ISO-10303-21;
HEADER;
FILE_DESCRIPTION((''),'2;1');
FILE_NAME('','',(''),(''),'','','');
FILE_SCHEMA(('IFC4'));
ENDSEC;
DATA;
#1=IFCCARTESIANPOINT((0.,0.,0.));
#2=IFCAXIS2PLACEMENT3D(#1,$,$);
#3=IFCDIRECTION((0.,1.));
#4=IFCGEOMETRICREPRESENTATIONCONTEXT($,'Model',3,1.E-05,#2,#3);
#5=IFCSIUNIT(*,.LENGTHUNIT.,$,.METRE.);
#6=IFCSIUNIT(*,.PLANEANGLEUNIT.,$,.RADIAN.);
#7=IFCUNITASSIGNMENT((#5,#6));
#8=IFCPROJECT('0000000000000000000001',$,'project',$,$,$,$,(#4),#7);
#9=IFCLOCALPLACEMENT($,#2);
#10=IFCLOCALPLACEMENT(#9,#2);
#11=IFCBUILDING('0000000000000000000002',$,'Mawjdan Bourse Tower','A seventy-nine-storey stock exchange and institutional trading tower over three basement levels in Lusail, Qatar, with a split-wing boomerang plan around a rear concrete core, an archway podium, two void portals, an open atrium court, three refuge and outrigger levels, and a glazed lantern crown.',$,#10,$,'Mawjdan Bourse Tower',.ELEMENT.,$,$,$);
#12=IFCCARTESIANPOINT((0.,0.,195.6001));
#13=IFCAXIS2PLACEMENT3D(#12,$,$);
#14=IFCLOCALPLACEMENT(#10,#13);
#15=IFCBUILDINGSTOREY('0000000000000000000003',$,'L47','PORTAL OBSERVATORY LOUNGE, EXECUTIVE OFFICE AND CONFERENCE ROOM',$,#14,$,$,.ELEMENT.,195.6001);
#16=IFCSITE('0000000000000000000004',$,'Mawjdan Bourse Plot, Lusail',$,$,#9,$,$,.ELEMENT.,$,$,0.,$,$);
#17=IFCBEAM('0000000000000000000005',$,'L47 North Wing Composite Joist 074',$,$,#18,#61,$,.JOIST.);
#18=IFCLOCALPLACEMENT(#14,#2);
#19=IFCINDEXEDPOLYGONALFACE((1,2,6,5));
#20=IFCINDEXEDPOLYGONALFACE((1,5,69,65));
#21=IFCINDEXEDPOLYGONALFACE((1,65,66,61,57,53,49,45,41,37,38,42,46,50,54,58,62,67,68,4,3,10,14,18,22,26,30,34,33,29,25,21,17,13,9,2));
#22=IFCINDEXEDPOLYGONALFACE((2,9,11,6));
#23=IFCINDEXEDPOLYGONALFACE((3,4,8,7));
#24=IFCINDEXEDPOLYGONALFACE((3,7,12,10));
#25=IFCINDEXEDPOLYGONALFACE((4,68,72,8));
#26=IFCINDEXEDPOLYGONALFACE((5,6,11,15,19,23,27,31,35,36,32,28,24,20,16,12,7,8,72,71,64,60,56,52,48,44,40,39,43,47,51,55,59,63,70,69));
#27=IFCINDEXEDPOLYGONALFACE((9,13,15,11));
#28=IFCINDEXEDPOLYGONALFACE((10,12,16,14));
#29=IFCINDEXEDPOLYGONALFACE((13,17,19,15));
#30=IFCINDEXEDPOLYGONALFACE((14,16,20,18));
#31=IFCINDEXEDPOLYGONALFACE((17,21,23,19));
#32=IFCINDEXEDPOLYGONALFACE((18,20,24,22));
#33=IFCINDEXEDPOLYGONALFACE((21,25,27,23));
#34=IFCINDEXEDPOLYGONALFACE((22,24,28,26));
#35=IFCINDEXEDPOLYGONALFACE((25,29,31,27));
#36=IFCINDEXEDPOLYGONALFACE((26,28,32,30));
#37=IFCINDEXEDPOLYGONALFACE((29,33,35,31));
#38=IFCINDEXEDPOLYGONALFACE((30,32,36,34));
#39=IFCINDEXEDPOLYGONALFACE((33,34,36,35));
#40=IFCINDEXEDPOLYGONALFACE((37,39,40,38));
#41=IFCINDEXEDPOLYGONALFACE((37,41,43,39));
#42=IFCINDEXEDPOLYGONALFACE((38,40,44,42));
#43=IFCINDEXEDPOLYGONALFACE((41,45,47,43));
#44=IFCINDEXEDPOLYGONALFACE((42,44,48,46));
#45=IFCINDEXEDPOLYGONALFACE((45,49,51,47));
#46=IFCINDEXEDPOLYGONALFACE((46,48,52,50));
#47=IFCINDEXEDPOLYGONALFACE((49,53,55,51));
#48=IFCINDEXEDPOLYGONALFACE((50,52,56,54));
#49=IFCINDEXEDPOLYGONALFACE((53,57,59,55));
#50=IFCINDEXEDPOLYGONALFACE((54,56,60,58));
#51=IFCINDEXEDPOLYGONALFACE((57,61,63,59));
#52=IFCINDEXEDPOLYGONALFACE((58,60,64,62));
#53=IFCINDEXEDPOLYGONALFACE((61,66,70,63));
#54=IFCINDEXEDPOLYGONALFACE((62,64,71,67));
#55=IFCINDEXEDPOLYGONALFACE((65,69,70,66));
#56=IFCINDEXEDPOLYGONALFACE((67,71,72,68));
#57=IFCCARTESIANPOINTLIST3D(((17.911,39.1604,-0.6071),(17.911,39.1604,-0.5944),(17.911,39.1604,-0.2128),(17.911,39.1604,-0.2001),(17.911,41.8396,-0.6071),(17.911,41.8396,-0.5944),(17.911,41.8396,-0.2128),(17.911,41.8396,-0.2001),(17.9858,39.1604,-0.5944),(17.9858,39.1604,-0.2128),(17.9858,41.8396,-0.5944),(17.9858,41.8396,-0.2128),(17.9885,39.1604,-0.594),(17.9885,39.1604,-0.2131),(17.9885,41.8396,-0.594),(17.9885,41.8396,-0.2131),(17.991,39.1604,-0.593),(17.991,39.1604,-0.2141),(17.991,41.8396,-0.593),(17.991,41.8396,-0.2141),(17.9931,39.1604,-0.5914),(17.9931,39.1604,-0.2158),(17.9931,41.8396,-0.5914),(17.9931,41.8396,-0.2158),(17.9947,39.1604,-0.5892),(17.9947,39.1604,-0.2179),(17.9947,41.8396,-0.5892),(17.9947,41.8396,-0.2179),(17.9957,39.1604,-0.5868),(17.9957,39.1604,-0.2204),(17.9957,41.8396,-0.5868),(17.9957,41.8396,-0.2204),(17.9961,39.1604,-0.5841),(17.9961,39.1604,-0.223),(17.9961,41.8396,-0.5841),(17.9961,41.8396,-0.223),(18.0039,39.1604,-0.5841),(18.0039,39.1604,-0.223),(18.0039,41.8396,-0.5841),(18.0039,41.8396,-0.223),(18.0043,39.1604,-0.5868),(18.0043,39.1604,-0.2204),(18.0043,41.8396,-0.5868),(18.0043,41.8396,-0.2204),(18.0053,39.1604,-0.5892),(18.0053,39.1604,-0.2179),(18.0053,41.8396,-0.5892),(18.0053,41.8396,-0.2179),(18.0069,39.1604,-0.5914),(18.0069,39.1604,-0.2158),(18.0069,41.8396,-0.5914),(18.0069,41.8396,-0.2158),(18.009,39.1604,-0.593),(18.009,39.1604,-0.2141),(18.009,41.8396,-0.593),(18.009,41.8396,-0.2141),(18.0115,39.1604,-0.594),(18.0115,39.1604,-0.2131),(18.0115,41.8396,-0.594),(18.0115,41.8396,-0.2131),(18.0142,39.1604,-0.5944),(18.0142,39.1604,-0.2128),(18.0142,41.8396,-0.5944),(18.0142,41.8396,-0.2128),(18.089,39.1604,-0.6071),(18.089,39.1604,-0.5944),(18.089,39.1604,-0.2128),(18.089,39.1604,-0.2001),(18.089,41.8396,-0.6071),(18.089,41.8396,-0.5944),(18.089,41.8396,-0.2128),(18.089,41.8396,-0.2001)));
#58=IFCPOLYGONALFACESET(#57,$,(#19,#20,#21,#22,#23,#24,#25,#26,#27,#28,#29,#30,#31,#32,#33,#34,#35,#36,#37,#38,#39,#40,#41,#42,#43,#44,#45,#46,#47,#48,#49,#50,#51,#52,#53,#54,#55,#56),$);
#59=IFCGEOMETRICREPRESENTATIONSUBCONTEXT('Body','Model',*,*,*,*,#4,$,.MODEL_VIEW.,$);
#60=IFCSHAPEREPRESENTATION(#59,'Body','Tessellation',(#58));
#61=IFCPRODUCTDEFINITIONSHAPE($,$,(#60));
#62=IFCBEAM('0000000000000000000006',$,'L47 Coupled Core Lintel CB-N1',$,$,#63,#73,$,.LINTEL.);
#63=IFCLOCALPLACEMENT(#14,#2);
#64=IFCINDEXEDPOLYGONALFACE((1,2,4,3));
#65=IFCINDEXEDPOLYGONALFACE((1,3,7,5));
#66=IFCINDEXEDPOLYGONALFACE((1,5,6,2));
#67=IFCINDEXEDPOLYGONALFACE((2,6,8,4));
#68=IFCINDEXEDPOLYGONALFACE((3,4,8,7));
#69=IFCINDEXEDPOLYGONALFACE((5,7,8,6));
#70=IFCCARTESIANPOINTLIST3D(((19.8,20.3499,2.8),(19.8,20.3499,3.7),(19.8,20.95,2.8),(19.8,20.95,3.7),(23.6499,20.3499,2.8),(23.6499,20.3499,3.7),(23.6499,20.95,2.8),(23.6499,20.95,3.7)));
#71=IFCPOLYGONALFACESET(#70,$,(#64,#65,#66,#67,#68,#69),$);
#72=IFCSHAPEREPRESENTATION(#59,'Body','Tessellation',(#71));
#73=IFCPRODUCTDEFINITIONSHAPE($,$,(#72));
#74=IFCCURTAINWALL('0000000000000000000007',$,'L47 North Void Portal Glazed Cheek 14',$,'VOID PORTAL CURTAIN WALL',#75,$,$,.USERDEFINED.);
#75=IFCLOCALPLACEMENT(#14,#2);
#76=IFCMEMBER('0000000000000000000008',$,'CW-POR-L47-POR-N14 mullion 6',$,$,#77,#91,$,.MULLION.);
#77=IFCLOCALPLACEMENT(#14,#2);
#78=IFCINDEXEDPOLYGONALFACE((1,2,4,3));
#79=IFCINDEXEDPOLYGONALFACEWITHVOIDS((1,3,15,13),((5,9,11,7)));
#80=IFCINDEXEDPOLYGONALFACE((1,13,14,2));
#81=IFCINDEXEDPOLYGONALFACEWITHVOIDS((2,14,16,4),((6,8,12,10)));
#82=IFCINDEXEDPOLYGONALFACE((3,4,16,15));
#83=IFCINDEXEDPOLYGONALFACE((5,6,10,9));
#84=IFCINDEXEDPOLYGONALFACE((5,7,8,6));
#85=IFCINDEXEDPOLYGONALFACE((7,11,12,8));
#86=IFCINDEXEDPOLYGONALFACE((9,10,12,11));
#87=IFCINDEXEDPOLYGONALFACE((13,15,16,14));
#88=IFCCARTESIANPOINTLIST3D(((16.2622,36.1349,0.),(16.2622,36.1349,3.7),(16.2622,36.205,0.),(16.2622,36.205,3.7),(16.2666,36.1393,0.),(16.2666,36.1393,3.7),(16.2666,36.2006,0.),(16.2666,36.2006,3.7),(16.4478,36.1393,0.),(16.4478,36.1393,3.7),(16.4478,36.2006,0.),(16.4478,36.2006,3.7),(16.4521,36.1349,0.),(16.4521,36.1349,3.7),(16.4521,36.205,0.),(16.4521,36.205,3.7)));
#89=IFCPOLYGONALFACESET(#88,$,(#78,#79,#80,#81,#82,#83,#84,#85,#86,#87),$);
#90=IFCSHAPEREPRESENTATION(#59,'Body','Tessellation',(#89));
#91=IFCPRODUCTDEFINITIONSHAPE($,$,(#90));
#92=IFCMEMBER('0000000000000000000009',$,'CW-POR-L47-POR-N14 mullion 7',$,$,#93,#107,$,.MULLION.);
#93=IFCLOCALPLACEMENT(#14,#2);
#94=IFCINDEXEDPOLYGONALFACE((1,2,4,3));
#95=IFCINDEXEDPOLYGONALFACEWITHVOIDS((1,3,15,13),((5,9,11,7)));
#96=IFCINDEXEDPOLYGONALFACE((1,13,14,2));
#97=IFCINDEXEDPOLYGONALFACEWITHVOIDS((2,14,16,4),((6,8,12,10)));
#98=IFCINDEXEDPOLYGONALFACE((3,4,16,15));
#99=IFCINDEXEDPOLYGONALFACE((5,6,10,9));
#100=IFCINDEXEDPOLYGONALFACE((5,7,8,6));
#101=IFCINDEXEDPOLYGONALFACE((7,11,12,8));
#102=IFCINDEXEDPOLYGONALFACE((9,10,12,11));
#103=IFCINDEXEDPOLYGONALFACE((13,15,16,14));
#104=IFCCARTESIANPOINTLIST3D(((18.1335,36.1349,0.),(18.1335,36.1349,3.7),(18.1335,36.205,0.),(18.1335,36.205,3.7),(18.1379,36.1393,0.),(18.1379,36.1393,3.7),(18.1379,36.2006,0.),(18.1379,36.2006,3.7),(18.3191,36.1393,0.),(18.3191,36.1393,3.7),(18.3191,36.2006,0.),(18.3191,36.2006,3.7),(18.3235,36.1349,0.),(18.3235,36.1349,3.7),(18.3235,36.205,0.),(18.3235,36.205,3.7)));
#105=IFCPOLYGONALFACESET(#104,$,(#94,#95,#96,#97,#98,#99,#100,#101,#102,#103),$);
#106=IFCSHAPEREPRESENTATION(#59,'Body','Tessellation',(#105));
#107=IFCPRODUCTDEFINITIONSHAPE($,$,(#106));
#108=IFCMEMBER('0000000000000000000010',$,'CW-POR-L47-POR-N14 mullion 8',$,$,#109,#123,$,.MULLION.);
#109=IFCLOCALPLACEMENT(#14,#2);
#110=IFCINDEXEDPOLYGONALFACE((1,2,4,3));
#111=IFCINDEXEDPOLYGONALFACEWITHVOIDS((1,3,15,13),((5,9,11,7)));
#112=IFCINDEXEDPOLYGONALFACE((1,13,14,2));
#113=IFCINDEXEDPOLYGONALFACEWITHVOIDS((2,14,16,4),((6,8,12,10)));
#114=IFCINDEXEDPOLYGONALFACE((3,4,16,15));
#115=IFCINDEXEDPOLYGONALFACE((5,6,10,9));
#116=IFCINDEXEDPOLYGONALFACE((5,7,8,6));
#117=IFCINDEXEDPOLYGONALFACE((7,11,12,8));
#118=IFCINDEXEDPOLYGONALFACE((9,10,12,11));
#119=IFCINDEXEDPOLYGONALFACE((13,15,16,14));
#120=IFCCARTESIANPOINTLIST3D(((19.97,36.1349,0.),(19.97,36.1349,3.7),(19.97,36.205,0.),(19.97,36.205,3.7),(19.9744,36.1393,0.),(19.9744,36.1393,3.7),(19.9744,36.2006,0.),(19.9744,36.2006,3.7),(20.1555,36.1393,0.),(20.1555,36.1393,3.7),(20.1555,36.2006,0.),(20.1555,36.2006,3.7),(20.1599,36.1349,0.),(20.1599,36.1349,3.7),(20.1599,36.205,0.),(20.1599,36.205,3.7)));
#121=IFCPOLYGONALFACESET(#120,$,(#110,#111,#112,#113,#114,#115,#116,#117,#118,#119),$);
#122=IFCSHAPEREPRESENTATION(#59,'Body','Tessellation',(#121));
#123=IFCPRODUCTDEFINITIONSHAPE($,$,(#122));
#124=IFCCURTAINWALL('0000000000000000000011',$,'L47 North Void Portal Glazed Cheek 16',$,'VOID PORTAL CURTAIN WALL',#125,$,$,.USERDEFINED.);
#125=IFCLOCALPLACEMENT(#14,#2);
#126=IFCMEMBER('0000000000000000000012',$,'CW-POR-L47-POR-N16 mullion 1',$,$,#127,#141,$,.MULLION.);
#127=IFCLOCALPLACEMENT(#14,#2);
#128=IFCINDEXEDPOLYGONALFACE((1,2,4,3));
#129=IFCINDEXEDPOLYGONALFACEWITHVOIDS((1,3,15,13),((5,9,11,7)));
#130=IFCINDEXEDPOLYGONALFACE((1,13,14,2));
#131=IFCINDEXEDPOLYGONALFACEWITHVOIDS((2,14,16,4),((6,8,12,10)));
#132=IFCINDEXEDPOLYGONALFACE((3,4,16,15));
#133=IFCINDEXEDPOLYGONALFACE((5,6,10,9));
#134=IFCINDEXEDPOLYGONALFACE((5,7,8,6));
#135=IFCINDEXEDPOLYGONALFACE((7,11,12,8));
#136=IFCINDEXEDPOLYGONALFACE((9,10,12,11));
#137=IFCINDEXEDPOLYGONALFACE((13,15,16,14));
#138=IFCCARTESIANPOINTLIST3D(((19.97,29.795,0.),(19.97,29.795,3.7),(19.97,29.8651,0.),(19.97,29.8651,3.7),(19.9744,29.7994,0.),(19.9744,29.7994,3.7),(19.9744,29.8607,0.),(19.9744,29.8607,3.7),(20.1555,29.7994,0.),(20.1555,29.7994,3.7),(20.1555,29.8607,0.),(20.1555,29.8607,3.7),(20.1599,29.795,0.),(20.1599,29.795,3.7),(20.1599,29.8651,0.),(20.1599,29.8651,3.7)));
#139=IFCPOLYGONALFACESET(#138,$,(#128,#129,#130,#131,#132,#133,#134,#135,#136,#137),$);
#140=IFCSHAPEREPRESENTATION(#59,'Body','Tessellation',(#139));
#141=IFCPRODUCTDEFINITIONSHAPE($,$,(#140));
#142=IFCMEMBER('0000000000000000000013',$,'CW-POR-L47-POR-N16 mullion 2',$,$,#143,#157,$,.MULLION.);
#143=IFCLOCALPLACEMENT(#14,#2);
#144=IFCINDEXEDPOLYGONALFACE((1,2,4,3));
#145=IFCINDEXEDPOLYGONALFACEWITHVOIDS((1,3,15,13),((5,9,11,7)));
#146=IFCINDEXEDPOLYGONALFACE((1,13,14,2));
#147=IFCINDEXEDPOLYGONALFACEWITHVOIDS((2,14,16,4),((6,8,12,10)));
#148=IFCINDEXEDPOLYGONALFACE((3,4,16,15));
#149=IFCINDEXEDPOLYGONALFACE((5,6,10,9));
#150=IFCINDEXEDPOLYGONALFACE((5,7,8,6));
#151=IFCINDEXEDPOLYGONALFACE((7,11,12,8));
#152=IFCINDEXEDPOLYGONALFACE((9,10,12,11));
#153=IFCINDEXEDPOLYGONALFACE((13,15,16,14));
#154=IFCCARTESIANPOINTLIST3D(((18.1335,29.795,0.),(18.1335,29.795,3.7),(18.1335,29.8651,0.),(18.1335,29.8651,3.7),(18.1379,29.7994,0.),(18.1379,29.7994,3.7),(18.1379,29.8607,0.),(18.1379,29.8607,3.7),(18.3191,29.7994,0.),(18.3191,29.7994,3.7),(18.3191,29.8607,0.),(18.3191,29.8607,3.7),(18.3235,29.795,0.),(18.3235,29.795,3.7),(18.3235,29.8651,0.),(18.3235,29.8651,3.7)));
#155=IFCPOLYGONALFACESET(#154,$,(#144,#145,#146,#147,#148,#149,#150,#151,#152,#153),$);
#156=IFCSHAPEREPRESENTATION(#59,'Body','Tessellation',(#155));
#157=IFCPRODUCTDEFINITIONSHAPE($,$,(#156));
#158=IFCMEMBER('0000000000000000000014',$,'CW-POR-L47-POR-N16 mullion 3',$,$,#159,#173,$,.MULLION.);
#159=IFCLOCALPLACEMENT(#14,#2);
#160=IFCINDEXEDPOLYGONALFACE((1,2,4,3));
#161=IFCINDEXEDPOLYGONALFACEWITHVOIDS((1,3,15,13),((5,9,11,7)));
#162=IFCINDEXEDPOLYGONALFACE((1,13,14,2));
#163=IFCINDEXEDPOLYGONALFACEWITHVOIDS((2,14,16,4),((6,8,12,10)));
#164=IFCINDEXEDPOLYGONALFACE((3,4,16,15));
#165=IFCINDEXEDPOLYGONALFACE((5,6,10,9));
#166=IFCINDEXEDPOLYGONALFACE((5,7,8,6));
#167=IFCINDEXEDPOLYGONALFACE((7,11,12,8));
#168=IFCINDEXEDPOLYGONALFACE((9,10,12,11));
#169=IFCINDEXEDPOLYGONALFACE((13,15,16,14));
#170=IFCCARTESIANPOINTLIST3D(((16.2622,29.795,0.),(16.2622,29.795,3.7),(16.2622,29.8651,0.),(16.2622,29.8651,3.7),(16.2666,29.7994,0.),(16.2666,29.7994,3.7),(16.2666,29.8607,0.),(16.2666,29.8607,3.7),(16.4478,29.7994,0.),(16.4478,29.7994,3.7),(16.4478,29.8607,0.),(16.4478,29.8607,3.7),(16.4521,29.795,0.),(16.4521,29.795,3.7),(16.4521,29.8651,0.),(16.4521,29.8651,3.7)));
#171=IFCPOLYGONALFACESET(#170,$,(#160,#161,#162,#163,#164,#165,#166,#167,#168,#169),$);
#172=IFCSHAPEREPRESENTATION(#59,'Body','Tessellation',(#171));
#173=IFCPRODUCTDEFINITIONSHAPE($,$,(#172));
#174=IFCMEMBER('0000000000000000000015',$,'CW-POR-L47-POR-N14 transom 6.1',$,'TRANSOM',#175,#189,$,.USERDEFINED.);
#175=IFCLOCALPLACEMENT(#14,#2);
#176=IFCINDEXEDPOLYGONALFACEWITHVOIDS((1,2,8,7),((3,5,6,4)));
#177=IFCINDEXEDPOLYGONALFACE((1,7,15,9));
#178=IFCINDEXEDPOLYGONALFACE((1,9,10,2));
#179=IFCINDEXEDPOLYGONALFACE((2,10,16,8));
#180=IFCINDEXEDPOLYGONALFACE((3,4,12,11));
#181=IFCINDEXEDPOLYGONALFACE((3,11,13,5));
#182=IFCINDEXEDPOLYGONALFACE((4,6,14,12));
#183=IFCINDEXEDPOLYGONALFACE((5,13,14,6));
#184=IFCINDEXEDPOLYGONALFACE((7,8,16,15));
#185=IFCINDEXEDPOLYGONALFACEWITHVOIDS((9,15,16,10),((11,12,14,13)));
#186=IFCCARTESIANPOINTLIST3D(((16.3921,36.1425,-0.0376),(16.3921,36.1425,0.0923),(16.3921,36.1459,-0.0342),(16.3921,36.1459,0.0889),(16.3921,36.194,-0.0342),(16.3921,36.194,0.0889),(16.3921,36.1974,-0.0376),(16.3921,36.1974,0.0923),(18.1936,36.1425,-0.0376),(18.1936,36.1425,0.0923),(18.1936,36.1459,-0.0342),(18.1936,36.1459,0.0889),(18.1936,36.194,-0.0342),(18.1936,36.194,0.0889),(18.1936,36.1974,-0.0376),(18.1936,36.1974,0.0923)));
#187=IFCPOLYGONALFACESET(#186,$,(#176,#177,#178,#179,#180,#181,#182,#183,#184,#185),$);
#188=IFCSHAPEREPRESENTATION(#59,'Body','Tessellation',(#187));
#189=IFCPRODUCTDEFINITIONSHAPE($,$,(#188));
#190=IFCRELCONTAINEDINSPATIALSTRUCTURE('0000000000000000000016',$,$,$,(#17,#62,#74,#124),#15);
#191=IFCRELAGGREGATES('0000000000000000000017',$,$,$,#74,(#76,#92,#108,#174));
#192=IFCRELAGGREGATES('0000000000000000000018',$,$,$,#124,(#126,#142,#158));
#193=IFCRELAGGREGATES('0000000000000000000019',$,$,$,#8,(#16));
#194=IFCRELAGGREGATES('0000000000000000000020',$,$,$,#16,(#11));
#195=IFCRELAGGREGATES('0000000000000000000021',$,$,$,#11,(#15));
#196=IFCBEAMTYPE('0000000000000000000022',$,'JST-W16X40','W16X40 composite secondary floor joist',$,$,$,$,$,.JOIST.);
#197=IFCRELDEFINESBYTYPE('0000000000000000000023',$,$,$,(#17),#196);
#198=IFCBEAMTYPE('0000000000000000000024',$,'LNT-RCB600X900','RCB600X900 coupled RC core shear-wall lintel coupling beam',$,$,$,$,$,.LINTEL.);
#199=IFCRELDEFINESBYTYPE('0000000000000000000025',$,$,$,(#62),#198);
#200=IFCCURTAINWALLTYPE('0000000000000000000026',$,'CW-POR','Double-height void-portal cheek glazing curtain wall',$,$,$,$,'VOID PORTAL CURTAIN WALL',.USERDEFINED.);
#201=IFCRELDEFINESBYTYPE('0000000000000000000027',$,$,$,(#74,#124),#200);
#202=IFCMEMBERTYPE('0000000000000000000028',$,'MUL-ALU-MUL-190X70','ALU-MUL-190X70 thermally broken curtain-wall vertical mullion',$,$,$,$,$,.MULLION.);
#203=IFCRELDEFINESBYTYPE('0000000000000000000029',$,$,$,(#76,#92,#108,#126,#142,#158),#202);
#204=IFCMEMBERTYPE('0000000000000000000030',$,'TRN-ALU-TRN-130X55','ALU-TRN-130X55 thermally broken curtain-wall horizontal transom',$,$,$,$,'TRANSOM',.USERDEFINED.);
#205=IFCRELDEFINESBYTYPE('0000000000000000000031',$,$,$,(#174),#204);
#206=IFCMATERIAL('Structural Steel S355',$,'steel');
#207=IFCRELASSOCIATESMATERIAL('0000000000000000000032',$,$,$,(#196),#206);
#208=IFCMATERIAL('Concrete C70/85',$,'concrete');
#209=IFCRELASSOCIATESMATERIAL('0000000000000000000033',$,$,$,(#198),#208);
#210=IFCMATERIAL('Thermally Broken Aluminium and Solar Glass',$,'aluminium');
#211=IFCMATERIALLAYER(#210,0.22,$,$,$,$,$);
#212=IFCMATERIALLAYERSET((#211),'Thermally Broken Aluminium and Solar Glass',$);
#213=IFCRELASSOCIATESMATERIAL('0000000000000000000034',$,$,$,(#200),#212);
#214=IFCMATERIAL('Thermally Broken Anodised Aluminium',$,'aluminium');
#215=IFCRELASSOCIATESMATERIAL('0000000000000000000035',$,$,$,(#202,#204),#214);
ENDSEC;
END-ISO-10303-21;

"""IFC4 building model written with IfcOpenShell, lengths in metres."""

from ifc_helpers import new_model, si_unit, direction, frame, origin, origin_2d, place, context, subcontext, project, spatial, rectangle, hollow_rectangle, i_section, extrude, material, layer, layer_set, material_profile, profile_set, type_object, element, aggregate, save


model = new_model("IFC4")

# Units and contexts
model_context = context("Model", 3, precision=1e-05, world=origin(), true_north=direction((0.0, 1.0)))
body_context = subcontext(model_context, "Body", "Model", "MODEL_VIEW")
ifc_project = project(units=[si_unit("LENGTHUNIT", "METRE"), si_unit("PLANEANGLEUNIT", "RADIAN")], contexts=[model_context])

# Site, building, storey
site_placement = place(None, origin())
site = spatial("IfcSite", under=ifc_project, at=site_placement, Name="Mawjdan Bourse Plot, Lusail", CompositionType="ELEMENT", RefElevation=0.0)
building_placement = place(site_placement, origin())
building = spatial("IfcBuilding", under=site, at=building_placement, Name="Mawjdan Bourse Tower", Description="A seventy-nine-storey stock exchange and institutional trading tower over three basement levels in Lusail, Qatar, with a split-wing boomerang plan around a rear concrete core, an archway podium, two void portals, an open atrium court, three refuge and outrigger levels, and a glazed lantern crown.", LongName="Mawjdan Bourse Tower", CompositionType="ELEMENT")
storey_placement = place(building_placement, frame((0.0, 0.0, 195.6001)))
storey = spatial("IfcBuildingStorey", under=building, at=storey_placement, Name="L47", Description="PORTAL OBSERVATORY LOUNGE, EXECUTIVE OFFICE AND CONFERENCE ROOM", CompositionType="ELEMENT", Elevation=195.6001)

# Beams
ifc_material_1 = material(Name="Structural Steel S355", Category="steel")
ifc_material_profile_1 = material_profile(ifc_material_1, i_section(OverallWidth=0.178, OverallDepth=0.407, WebThickness=0.0078, FlangeThickness=0.0127, FilletRadius=0.0103, at=origin_2d()), Name="W16X40")
ifc_profile_set_1 = profile_set([ifc_material_profile_1], Name="Structural Steel S355")
beam_type_1 = type_object("IfcBeamType", Name="JST-W16X40", Description="W16X40 composite secondary floor joist", PredefinedType="JOIST", material=ifc_profile_set_1)
for number, where, z_axis, x_axis, name in (
    (1, (18.0, 39.1604, -0.4036), (0.0, 1.0, 0.0), (-1.0, 0.0, 0.0), "L47 North Wing Composite Joist 074"),
):
    element("IfcBeam", number, at=place(storey_placement, frame(where, z_axis=z_axis, x_axis=x_axis)), inside=storey, type_object=beam_type_1, Name=name, PredefinedType="JOIST", context=body_context, shape_type="SweptSolid", body=[
        extrude(i_section(OverallWidth=0.178, OverallDepth=0.407, WebThickness=0.0078, FlangeThickness=0.0127, FilletRadius=0.0103, at=origin_2d()), origin(), (0.0, 0.0, 1.0), 2.6792),
    ])
ifc_material_2 = material(Name="Concrete C70/85", Category="concrete")
ifc_material_profile_2 = material_profile(ifc_material_2, rectangle(XDim=0.6001, YDim=0.8999, at=origin_2d()), Name="RCB600X900")
ifc_profile_set_2 = profile_set([ifc_material_profile_2], Name="Concrete C70/85")
beam_type_2 = type_object("IfcBeamType", Name="LNT-RCB600X900", Description="RCB600X900 coupled RC core shear-wall lintel coupling beam", PredefinedType="LINTEL", material=ifc_profile_set_2)
beam_1_placement = place(storey_placement, frame((19.8, 20.6499, 3.25), z_axis=(1.0, 0.0, 0.0), x_axis=(0.0, 1.0, 0.0)))
element("IfcBeam", 2, at=beam_1_placement, inside=storey, type_object=beam_type_2, Name="L47 Coupled Core Lintel CB-N1", PredefinedType="LINTEL", context=body_context, shape_type="SweptSolid", body=[
    extrude(rectangle(XDim=0.6001, YDim=0.8999, at=origin_2d()), origin(), (0.0, 0.0, 1.0), 3.8499),
])

# Curtain walls, members
ifc_material_3 = material(Name="Thermally Broken Aluminium and Solar Glass", Category="aluminium")
ifc_layer_1 = layer(ifc_material_3, 0.22)
ifc_layer_set_1 = layer_set([ifc_layer_1], Name="Thermally Broken Aluminium and Solar Glass")
curtain_wall_type = type_object("IfcCurtainWallType", Name="CW-POR", Description="Double-height void-portal cheek glazing curtain wall", ElementType="VOID PORTAL CURTAIN WALL", PredefinedType="USERDEFINED", material=ifc_layer_set_1)
curtain_wall_1_placement = place(storey_placement, origin())
curtain_wall_1 = element("IfcCurtainWall", 3, at=curtain_wall_1_placement, inside=storey, type_object=curtain_wall_type, Name="L47 North Void Portal Glazed Cheek 14", ObjectType="VOID PORTAL CURTAIN WALL", PredefinedType="USERDEFINED")
ifc_material_4 = material(Name="Thermally Broken Anodised Aluminium", Category="aluminium")
ifc_material_profile_3 = material_profile(ifc_material_4, hollow_rectangle(XDim=0.0701, YDim=0.1899, WallThickness=0.0044, at=origin_2d()), Name="ALU-MUL-190X70")
ifc_profile_set_3 = profile_set([ifc_material_profile_3], Name="Thermally Broken Anodised Aluminium")
member_type_1 = type_object("IfcMemberType", Name="MUL-ALU-MUL-190X70", Description="ALU-MUL-190X70 thermally broken curtain-wall vertical mullion", PredefinedType="MULLION", material=ifc_profile_set_3)
member_1_placement = place(storey_placement, frame((16.3572, 36.1699, 0.0), z_axis=(0.0, 0.0, 1.0), x_axis=(0.0, 1.0, 0.0)))
member_1 = element("IfcMember", 4, at=member_1_placement, type_object=member_type_1, Name="CW-POR-L47-POR-N14 mullion 6", PredefinedType="MULLION", context=body_context, shape_type="SweptSolid", body=[
    extrude(hollow_rectangle(XDim=0.0701, YDim=0.1899, WallThickness=0.0044, at=origin_2d()), origin(), (0.0, 0.0, 1.0), 3.7),
])
member_2_placement = place(storey_placement, frame((18.2285, 36.1699, 0.0), z_axis=(0.0, 0.0, 1.0), x_axis=(0.0, 1.0, 0.0)))
member_2 = element("IfcMember", 5, at=member_2_placement, type_object=member_type_1, Name="CW-POR-L47-POR-N14 mullion 7", PredefinedType="MULLION", context=body_context, shape_type="SweptSolid", body=[
    extrude(hollow_rectangle(XDim=0.0701, YDim=0.1899, WallThickness=0.0044, at=origin_2d()), origin(), (0.0, 0.0, 1.0), 3.7),
])
member_3_placement = place(storey_placement, frame((20.0649, 36.1699, 0.0), z_axis=(0.0, 0.0, 1.0), x_axis=(0.0, 1.0, 0.0)))
member_3 = element("IfcMember", 6, at=member_3_placement, type_object=member_type_1, Name="CW-POR-L47-POR-N14 mullion 8", PredefinedType="MULLION", context=body_context, shape_type="SweptSolid", body=[
    extrude(hollow_rectangle(XDim=0.0701, YDim=0.1899, WallThickness=0.0044, at=origin_2d()), origin(), (0.0, 0.0, 1.0), 3.7),
])
curtain_wall_2_placement = place(storey_placement, origin())
curtain_wall_2 = element("IfcCurtainWall", 7, at=curtain_wall_2_placement, inside=storey, type_object=curtain_wall_type, Name="L47 North Void Portal Glazed Cheek 16", ObjectType="VOID PORTAL CURTAIN WALL", PredefinedType="USERDEFINED")
member_4_placement = place(storey_placement, frame((20.0649, 29.8301, 0.0), z_axis=(0.0, 0.0, 1.0), x_axis=(0.0, -1.0, 0.0)))
member_4 = element("IfcMember", 8, at=member_4_placement, type_object=member_type_1, Name="CW-POR-L47-POR-N16 mullion 1", PredefinedType="MULLION", context=body_context, shape_type="SweptSolid", body=[
    extrude(hollow_rectangle(XDim=0.0701, YDim=0.1899, WallThickness=0.0044, at=origin_2d()), origin(), (0.0, 0.0, 1.0), 3.7),
])
member_5_placement = place(storey_placement, frame((18.2285, 29.8301, 0.0), z_axis=(0.0, 0.0, 1.0), x_axis=(0.0, -1.0, 0.0)))
member_5 = element("IfcMember", 9, at=member_5_placement, type_object=member_type_1, Name="CW-POR-L47-POR-N16 mullion 2", PredefinedType="MULLION", context=body_context, shape_type="SweptSolid", body=[
    extrude(hollow_rectangle(XDim=0.0701, YDim=0.1899, WallThickness=0.0044, at=origin_2d()), origin(), (0.0, 0.0, 1.0), 3.7),
])
member_6_placement = place(storey_placement, frame((16.3572, 29.8301, 0.0), z_axis=(0.0, 0.0, 1.0), x_axis=(0.0, -1.0, 0.0)))
member_6 = element("IfcMember", 10, at=member_6_placement, type_object=member_type_1, Name="CW-POR-L47-POR-N16 mullion 3", PredefinedType="MULLION", context=body_context, shape_type="SweptSolid", body=[
    extrude(hollow_rectangle(XDim=0.0701, YDim=0.1899, WallThickness=0.0044, at=origin_2d()), origin(), (0.0, 0.0, 1.0), 3.7),
])

# Member
ifc_material_profile_4 = material_profile(ifc_material_4, hollow_rectangle(XDim=0.0549, YDim=0.1299, WallThickness=0.0034, at=origin_2d()), Name="ALU-TRN-130X55")
ifc_profile_set_4 = profile_set([ifc_material_profile_4], Name="Thermally Broken Anodised Aluminium")
member_type_2 = type_object("IfcMemberType", Name="TRN-ALU-TRN-130X55", Description="ALU-TRN-130X55 thermally broken curtain-wall horizontal transom", ElementType="TRANSOM", PredefinedType="USERDEFINED", material=ifc_profile_set_4)
member_7_placement = place(storey_placement, frame((16.3921, 36.1699, 0.0273), z_axis=(1.0, 0.0, 0.0), x_axis=(0.0, 1.0, 0.0)))
member_7 = element("IfcMember", 11, at=member_7_placement, type_object=member_type_2, Name="CW-POR-L47-POR-N14 transom 6.1", ObjectType="TRANSOM", PredefinedType="USERDEFINED", context=body_context, shape_type="SweptSolid", body=[
    extrude(hollow_rectangle(XDim=0.0549, YDim=0.1299, WallThickness=0.0034, at=origin_2d()), origin(), (0.0, 0.0, 1.0), 1.8015),
])

aggregate(curtain_wall_1, [member_1, member_2, member_3, member_7])
aggregate(curtain_wall_2, [member_4, member_5, member_6])

save(model, "model.ifc")
